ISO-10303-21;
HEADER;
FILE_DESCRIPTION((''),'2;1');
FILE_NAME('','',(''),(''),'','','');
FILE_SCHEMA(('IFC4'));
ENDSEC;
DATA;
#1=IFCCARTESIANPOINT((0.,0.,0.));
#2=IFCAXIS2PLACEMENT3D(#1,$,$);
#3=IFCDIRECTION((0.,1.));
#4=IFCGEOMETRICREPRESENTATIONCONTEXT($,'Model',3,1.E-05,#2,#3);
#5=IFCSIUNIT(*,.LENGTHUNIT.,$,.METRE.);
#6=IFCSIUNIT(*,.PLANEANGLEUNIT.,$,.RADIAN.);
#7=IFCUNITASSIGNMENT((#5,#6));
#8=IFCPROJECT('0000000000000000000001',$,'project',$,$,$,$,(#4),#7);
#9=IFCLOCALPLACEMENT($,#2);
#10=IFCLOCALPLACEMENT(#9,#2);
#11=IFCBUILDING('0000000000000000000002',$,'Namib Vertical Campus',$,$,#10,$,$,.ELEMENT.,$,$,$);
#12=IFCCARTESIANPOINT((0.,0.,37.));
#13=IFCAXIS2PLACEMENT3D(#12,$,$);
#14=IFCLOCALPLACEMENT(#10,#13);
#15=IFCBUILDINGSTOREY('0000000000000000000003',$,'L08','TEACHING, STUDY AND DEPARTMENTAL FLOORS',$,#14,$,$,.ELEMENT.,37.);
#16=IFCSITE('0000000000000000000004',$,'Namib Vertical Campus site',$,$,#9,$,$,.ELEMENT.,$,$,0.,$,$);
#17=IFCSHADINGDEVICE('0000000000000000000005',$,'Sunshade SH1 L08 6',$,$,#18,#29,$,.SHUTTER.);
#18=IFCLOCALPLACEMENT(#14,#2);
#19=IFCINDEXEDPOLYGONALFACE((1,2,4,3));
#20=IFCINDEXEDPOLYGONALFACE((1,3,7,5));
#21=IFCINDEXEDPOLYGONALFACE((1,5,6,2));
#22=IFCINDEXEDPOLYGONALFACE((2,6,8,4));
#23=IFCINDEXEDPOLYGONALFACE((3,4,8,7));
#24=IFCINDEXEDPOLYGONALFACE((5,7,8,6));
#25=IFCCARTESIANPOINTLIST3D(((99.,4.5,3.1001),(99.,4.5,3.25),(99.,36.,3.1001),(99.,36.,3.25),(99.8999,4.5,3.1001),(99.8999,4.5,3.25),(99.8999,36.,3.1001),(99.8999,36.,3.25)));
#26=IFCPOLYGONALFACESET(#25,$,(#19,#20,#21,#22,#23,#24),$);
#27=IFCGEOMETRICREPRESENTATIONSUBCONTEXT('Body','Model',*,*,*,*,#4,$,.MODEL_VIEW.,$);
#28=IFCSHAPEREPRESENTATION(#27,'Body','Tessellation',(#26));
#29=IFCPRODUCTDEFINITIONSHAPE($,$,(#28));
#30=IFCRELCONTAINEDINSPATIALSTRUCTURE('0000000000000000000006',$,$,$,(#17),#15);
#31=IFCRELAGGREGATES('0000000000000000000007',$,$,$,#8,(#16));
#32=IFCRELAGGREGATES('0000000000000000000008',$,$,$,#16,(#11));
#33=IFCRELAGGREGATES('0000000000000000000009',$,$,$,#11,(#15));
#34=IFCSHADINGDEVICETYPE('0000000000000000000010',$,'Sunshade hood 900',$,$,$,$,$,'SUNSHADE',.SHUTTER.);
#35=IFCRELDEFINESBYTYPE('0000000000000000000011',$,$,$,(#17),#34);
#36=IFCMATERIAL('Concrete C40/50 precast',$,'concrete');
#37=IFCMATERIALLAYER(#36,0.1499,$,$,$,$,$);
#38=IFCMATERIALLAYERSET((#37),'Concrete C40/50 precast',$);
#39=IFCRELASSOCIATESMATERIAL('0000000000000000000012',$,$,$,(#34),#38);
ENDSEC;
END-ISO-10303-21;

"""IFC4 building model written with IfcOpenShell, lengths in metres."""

from ifc_helpers import new_model, si_unit, direction, frame, origin, origin_2d, place, context, subcontext, project, spatial, rectangle, extrude, material, layer, layer_set, type_object, element, save


model = new_model("IFC4")

# Units and contexts
model_context = context("Model", 3, precision=1e-05, world=origin(), true_north=direction((0.0, 1.0)))
body_context = subcontext(model_context, "Body", "Model", "MODEL_VIEW")
ifc_project = project(units=[si_unit("LENGTHUNIT", "METRE"), si_unit("PLANEANGLEUNIT", "RADIAN")], contexts=[model_context])

# Site, building, storey
site_placement = place(None, origin())
site = spatial("IfcSite", under=ifc_project, at=site_placement, Name="Namib Vertical Campus site", CompositionType="ELEMENT", RefElevation=0.0)
building_placement = place(site_placement, origin())
building = spatial("IfcBuilding", under=site, at=building_placement, Name="Namib Vertical Campus", CompositionType="ELEMENT")
storey_placement = place(building_placement, frame((0.0, 0.0, 37.0)))
storey = spatial("IfcBuildingStorey", under=building, at=storey_placement, Name="L08", Description="TEACHING, STUDY AND DEPARTMENTAL FLOORS", CompositionType="ELEMENT", Elevation=37.0)

# Shading device
ifc_material_1 = material(Name="Concrete C40/50 precast", Category="concrete")
ifc_layer_1 = layer(ifc_material_1, 0.1499)
ifc_layer_set_1 = layer_set([ifc_layer_1], Name="Concrete C40/50 precast")
shading_device_type = type_object("IfcShadingDeviceType", Name="Sunshade hood 900", ElementType="SUNSHADE", PredefinedType="SHUTTER", material=ifc_layer_set_1)
shading_device_placement = place(storey_placement, frame((99.45, 20.25, 3.1001), z_axis=(0.0, 0.0, 1.0), x_axis=(0.0, 1.0, 0.0)))
element("IfcShadingDevice", 1, at=shading_device_placement, inside=storey, type_object=shading_device_type, Name="Sunshade SH1 L08 6", PredefinedType="SHUTTER", context=body_context, shape_type="SweptSolid", body=[
    extrude(rectangle(XDim=31.5, YDim=0.8999, at=origin_2d()), origin(), (0.0, 0.0, 1.0), 0.1499),
])

save(model, "model.ifc")
